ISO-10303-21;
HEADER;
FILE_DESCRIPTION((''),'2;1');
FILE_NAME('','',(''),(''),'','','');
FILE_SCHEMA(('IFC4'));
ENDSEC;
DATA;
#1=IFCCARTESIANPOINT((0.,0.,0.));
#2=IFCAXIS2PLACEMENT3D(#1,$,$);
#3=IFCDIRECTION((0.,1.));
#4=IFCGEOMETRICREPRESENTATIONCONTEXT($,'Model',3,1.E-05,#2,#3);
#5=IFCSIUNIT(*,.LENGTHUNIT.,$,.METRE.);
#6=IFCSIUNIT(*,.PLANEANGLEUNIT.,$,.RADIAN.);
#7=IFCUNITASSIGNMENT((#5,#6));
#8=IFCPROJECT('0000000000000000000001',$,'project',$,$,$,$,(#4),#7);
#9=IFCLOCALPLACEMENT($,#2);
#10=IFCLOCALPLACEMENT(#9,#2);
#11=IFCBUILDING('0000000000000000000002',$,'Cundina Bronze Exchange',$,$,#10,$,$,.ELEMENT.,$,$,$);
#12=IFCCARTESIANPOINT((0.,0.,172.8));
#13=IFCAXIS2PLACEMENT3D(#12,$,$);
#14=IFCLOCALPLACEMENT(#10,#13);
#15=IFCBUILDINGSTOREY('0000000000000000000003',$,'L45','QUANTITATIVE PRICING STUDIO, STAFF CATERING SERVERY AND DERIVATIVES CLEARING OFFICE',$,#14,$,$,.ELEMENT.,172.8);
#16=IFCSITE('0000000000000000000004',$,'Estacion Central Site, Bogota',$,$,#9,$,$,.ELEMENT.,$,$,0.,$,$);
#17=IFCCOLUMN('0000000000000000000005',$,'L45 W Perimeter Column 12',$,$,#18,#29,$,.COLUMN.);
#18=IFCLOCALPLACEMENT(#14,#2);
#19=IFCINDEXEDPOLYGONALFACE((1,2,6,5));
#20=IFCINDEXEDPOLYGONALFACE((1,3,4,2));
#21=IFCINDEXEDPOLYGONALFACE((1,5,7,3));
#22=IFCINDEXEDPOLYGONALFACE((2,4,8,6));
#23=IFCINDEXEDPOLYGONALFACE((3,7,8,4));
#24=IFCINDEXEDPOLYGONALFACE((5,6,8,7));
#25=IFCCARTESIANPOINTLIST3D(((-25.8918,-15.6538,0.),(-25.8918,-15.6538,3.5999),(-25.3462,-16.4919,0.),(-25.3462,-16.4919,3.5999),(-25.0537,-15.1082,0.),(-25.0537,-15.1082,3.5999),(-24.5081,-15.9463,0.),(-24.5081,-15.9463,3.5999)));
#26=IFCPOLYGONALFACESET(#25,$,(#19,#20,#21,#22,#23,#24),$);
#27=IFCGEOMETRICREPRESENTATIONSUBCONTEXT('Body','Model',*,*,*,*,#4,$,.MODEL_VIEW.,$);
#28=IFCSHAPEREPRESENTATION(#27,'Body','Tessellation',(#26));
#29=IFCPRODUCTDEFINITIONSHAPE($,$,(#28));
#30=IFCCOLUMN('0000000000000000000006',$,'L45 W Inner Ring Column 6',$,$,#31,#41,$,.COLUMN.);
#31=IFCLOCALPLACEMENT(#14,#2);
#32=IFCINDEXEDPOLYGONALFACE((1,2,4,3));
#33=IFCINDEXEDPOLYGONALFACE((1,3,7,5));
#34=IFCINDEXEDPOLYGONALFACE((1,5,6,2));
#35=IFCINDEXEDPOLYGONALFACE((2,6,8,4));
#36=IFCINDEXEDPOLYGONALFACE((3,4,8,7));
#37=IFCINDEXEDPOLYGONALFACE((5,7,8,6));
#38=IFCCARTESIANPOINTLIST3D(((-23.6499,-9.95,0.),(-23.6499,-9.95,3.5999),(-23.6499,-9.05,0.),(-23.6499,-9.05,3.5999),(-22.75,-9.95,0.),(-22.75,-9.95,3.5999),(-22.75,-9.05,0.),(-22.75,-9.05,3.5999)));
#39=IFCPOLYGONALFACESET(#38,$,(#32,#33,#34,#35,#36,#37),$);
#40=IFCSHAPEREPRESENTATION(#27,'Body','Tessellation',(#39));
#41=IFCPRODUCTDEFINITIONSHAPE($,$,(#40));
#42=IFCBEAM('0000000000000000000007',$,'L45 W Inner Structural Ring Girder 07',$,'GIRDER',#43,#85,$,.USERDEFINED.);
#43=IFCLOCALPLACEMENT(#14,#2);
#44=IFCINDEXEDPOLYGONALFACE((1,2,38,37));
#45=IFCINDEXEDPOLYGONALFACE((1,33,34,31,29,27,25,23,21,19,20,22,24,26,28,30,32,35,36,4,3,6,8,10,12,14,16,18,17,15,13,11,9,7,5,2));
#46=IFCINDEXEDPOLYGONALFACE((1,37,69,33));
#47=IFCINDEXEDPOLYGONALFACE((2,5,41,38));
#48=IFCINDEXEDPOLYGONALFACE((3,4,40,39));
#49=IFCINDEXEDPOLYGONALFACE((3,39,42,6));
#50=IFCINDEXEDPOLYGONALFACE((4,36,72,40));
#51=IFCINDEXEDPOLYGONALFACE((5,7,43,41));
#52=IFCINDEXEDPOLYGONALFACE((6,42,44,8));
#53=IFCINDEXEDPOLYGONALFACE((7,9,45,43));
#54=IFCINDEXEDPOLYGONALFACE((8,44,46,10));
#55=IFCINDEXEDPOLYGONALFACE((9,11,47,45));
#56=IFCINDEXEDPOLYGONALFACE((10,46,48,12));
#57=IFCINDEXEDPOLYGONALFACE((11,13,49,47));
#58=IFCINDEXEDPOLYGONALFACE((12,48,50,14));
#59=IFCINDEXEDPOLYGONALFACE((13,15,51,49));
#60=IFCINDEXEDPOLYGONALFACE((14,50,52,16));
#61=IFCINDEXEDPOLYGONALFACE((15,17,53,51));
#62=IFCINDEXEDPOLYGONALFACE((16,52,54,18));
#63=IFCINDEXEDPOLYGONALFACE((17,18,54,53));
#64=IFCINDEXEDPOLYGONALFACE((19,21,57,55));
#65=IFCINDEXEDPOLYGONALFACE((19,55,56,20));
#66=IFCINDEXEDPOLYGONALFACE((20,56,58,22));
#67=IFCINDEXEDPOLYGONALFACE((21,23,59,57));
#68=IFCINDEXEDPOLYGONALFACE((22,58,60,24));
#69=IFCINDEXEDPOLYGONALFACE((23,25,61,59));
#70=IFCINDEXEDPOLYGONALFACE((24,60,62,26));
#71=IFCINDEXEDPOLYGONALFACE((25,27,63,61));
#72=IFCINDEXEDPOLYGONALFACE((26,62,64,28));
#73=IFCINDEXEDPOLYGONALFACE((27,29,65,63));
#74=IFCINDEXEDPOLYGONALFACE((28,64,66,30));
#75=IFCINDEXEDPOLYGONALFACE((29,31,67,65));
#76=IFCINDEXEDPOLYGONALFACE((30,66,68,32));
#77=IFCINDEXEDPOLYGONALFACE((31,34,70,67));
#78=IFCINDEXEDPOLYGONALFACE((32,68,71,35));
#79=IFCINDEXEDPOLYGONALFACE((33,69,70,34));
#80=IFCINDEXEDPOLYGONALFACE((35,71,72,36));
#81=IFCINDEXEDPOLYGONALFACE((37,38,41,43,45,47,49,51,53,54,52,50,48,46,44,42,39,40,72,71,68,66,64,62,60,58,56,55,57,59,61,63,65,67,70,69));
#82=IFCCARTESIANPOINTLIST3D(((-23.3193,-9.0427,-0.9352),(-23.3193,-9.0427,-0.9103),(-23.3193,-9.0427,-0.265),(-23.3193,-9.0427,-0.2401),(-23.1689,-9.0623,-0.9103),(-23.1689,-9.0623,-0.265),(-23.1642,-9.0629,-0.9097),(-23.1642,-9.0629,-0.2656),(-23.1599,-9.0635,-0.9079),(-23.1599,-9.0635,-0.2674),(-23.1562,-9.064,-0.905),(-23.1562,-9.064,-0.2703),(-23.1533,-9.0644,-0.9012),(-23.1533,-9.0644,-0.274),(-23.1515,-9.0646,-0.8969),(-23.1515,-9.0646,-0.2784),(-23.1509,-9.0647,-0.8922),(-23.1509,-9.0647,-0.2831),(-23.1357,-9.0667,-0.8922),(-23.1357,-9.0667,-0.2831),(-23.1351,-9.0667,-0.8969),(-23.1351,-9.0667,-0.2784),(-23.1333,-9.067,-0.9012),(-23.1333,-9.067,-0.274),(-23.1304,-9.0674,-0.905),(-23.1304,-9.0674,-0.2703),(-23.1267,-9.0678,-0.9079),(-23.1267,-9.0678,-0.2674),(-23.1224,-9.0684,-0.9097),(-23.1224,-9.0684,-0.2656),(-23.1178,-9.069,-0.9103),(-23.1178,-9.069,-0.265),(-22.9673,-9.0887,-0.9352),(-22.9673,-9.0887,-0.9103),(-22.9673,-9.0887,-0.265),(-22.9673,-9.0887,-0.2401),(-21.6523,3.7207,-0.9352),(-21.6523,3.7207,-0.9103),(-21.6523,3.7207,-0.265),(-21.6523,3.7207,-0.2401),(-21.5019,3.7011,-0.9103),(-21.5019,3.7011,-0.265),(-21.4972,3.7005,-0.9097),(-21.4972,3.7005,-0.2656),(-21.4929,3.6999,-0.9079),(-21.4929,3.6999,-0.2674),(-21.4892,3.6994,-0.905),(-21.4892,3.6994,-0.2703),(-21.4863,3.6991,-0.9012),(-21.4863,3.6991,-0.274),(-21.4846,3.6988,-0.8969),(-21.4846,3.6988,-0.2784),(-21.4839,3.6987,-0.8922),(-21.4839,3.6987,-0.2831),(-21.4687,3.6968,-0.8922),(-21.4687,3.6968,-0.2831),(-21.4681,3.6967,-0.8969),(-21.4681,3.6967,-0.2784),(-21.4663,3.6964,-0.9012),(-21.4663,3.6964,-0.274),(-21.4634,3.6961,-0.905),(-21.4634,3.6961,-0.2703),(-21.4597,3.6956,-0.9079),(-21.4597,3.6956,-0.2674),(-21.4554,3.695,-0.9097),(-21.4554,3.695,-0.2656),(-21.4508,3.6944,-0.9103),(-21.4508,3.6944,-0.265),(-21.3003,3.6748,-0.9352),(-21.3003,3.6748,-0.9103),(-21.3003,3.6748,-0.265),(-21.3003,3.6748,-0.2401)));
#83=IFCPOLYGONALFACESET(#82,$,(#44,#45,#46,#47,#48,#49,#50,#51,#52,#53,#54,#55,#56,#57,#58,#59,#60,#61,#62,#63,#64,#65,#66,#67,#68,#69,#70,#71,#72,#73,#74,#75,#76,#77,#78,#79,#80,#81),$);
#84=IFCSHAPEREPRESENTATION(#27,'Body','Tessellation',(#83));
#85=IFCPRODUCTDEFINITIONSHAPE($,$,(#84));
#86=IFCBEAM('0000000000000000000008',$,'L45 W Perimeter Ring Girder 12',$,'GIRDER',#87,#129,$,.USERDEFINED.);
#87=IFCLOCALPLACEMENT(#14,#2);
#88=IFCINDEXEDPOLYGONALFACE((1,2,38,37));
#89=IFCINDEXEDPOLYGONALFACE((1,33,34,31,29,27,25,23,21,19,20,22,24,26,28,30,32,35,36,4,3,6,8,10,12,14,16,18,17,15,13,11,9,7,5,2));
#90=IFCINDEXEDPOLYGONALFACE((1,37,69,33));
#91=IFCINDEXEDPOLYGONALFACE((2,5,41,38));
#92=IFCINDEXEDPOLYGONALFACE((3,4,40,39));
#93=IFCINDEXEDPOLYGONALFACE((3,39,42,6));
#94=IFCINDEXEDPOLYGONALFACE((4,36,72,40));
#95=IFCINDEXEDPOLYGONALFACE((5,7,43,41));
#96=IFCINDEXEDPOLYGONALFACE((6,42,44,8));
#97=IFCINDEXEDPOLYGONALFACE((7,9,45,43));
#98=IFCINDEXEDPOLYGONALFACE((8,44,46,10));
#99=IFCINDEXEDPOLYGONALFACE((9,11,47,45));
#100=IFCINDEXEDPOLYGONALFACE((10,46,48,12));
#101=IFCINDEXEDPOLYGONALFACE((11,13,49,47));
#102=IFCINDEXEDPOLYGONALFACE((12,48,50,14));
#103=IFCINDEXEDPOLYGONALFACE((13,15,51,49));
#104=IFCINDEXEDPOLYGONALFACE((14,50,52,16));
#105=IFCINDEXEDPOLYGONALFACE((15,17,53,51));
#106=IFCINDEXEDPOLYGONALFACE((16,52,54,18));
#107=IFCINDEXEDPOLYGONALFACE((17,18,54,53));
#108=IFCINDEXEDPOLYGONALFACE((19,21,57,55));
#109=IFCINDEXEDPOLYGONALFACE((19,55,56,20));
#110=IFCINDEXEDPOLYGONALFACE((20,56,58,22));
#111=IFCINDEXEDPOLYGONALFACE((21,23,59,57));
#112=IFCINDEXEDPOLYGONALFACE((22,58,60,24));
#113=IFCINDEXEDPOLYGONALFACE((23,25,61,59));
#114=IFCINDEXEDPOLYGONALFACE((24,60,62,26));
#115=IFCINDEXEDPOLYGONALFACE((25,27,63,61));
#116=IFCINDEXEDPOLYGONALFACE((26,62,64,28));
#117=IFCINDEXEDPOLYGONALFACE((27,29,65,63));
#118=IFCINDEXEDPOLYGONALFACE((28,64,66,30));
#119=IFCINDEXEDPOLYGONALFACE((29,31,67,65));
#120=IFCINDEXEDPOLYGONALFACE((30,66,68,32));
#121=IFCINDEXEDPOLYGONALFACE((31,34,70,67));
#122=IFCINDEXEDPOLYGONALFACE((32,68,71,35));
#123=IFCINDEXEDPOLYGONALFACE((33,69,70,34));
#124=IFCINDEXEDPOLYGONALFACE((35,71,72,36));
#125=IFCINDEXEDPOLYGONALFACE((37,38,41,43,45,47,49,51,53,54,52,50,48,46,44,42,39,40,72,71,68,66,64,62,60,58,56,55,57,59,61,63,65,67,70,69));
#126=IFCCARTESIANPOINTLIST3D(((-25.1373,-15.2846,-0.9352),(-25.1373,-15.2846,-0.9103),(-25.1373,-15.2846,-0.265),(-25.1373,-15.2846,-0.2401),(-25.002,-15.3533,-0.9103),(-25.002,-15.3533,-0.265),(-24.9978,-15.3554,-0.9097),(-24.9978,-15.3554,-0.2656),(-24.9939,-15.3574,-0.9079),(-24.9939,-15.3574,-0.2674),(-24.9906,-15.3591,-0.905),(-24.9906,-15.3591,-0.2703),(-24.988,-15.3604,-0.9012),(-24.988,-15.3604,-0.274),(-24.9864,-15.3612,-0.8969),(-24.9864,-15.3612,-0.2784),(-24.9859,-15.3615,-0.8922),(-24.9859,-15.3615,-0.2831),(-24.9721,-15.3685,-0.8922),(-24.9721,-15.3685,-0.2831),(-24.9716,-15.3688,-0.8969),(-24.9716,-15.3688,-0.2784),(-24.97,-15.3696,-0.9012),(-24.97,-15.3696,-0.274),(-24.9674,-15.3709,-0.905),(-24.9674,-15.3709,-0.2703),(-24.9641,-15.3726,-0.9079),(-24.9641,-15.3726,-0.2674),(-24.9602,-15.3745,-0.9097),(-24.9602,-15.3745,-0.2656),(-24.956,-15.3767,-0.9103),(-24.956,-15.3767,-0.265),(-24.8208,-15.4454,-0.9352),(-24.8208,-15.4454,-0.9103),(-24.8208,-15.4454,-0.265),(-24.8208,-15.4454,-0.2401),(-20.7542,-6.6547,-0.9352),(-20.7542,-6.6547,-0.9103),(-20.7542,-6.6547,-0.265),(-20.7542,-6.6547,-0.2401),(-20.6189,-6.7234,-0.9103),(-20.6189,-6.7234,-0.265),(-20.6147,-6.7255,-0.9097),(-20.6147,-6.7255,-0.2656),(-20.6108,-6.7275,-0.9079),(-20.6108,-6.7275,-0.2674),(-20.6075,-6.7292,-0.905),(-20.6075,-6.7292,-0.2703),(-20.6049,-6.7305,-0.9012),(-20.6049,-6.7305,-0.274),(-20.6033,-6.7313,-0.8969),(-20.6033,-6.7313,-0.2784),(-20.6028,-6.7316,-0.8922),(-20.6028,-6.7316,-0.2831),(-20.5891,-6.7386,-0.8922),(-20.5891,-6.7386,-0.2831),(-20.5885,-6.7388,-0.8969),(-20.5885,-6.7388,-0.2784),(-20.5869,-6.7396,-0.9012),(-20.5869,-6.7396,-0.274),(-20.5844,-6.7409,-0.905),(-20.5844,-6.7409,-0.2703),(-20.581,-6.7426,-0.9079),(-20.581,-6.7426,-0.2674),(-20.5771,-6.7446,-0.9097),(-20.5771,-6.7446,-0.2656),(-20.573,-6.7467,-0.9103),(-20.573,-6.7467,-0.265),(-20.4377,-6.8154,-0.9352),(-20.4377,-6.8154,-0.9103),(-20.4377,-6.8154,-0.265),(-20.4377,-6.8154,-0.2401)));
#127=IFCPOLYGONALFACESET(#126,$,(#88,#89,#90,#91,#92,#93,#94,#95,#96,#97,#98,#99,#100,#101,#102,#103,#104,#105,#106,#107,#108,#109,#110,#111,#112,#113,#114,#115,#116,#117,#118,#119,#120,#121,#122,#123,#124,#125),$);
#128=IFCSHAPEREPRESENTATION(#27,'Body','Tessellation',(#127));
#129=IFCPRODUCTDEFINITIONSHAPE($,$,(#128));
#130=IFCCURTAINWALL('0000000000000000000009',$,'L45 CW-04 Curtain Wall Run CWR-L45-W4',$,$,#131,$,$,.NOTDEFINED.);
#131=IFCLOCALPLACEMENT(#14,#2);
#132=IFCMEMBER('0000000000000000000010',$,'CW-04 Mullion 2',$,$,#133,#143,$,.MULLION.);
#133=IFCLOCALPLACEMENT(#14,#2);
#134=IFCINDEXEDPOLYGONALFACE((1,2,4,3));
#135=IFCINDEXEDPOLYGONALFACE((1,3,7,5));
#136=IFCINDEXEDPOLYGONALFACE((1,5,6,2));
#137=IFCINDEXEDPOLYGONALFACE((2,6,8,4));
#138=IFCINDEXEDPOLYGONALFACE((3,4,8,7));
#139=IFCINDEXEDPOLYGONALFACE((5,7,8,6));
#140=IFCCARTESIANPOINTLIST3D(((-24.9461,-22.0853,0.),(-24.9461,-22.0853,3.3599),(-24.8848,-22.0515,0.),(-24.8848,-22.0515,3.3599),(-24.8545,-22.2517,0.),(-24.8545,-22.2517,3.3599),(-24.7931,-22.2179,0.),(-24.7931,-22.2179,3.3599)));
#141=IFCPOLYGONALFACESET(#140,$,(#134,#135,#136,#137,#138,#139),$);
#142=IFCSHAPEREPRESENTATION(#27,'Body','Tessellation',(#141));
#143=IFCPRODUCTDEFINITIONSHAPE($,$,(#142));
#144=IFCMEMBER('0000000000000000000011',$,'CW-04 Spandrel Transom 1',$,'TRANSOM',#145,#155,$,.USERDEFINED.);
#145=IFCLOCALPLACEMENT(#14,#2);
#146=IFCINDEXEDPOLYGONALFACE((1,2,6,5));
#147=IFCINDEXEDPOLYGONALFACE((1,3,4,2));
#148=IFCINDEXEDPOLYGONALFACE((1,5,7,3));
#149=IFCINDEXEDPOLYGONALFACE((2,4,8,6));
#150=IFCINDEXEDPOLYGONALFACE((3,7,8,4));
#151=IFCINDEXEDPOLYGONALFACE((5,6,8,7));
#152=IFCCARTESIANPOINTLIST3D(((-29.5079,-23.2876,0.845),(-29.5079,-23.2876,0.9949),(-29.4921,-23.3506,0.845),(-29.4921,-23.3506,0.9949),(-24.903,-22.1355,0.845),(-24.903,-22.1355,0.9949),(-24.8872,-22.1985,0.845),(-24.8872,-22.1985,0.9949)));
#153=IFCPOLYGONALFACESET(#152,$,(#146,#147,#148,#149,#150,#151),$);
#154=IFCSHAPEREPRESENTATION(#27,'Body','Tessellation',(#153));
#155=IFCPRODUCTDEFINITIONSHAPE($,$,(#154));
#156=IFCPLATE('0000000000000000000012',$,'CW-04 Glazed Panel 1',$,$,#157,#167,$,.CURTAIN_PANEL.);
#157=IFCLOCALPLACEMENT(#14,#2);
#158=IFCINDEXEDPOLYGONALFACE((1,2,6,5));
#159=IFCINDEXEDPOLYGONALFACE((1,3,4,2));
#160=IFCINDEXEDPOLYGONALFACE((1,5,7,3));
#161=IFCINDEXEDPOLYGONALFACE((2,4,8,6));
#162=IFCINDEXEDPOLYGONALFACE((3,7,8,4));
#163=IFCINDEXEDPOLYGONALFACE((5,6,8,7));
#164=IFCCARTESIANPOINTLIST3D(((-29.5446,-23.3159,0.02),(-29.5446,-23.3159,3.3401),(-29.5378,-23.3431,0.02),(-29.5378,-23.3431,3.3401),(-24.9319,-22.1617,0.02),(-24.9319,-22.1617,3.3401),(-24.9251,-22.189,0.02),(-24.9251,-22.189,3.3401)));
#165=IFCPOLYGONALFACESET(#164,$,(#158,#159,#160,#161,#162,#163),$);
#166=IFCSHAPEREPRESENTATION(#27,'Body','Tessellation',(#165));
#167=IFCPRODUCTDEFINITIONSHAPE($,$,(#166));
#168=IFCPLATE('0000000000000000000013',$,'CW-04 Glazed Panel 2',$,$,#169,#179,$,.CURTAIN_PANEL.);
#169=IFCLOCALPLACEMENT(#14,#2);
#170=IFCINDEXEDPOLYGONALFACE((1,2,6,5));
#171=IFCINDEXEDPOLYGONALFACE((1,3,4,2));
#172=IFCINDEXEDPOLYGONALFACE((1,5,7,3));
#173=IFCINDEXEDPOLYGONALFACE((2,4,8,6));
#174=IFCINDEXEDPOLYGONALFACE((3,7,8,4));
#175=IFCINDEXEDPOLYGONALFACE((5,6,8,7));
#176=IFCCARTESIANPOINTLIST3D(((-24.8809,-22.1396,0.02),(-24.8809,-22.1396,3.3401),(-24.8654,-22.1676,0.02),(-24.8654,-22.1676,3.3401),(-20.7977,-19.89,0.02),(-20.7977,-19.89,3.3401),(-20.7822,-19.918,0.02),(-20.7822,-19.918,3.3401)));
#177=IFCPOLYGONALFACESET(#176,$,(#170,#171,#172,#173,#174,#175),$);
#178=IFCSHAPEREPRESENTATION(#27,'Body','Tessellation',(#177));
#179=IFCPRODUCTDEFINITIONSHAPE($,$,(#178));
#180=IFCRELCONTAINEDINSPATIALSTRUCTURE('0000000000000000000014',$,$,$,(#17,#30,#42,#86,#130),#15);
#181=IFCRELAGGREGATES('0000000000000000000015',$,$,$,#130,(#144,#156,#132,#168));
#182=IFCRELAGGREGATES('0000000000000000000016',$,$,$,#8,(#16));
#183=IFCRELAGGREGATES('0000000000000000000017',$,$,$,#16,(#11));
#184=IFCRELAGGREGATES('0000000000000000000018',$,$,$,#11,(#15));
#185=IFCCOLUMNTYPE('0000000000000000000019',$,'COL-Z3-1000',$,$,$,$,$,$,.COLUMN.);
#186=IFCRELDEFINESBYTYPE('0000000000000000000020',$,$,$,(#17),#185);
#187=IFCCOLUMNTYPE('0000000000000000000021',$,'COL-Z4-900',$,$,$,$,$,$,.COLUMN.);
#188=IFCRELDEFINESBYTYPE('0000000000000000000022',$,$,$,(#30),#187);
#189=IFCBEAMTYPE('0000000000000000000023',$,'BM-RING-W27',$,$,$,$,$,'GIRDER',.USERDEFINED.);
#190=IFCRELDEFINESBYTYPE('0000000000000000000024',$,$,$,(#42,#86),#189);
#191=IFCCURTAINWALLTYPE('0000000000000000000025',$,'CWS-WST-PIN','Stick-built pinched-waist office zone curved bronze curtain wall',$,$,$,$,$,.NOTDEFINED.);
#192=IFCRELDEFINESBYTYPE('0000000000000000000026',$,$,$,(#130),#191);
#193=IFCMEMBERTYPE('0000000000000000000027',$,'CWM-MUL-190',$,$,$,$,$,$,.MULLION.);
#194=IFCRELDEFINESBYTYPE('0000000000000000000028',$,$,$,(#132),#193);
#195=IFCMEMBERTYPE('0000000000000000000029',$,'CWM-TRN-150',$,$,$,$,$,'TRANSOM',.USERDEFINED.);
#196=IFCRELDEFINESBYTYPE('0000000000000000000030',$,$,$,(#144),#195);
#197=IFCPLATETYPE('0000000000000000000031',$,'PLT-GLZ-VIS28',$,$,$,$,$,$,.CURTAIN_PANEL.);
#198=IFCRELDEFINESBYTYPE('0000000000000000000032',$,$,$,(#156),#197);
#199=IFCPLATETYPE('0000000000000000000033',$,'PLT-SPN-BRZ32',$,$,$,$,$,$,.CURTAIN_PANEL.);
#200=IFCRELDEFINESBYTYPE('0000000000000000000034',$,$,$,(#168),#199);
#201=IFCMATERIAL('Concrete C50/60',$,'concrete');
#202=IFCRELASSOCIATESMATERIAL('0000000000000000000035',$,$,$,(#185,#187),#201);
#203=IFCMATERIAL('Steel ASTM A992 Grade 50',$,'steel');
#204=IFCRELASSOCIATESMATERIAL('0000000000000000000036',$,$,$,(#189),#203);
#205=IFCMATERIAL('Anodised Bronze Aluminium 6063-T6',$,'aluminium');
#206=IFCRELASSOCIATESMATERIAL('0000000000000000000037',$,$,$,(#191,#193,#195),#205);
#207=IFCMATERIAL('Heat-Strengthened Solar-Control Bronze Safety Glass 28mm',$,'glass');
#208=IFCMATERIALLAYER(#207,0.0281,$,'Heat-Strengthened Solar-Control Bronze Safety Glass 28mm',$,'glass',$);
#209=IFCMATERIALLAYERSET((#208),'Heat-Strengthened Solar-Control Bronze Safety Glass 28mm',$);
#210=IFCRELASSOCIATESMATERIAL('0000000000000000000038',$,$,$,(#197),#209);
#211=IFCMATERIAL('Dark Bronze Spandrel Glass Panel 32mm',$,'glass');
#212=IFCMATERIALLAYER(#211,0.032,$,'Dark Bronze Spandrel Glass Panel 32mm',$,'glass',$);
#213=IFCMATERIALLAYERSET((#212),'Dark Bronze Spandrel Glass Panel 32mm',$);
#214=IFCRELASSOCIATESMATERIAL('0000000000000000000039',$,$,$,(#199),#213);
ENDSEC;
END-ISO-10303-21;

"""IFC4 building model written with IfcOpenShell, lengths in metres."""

from ifc_helpers import new_model, si_unit, direction, frame, origin, origin_2d, place, context, subcontext, project, spatial, rectangle, i_section, extrude, material, layer, layer_set, material_profile, profile_set, type_object, element, aggregate, save


model = new_model("IFC4")

# Units and contexts
model_context = context("Model", 3, precision=1e-05, world=origin(), true_north=direction((0.0, 1.0)))
body_context = subcontext(model_context, "Body", "Model", "MODEL_VIEW")
ifc_project = project(units=[si_unit("LENGTHUNIT", "METRE"), si_unit("PLANEANGLEUNIT", "RADIAN")], contexts=[model_context])

# Site, building, storey
site_placement = place(None, origin())
site = spatial("IfcSite", under=ifc_project, at=site_placement, Name="Estacion Central Site, Bogota", CompositionType="ELEMENT", RefElevation=0.0)
building_placement = place(site_placement, origin())
building = spatial("IfcBuilding", under=site, at=building_placement, Name="Cundina Bronze Exchange", CompositionType="ELEMENT")
storey_placement = place(building_placement, frame((0.0, 0.0, 172.8)))
storey = spatial("IfcBuildingStorey", under=building, at=storey_placement, Name="L45", Description="QUANTITATIVE PRICING STUDIO, STAFF CATERING SERVERY AND DERIVATIVES CLEARING OFFICE", CompositionType="ELEMENT", Elevation=172.8)

# Columns
ifc_material_1 = material(Name="Concrete C50/60", Category="concrete")
ifc_material_profile_1 = material_profile(ifc_material_1, rectangle(XDim=1.0, YDim=1.0, at=origin_2d()), Name="RC1000X1000", Category="concrete")
ifc_profile_set_1 = profile_set([ifc_material_profile_1], Name="Concrete C50/60")
column_type_1 = type_object("IfcColumnType", Name="COL-Z3-1000", PredefinedType="COLUMN", material=ifc_profile_set_1)
column_1_placement = place(storey_placement, frame((-25.2, -15.8, 0.0), z_axis=(0.0, 0.0, 1.0), x_axis=(0.8381, 0.545517, 0.0)))
element("IfcColumn", 1, at=column_1_placement, inside=storey, type_object=column_type_1, Name="L45 W Perimeter Column 12", PredefinedType="COLUMN", context=body_context, shape_type="SweptSolid", body=[
    extrude(rectangle(XDim=1.0, YDim=1.0, at=origin_2d()), origin(), (0.0, 0.0, 1.0), 3.5999),
])
ifc_material_profile_2 = material_profile(ifc_material_1, rectangle(XDim=0.8999, YDim=0.8999, at=origin_2d()), Name="RC900X900", Category="concrete")
ifc_profile_set_2 = profile_set([ifc_material_profile_2], Name="Concrete C50/60")
column_type_2 = type_object("IfcColumnType", Name="COL-Z4-900", PredefinedType="COLUMN", material=ifc_profile_set_2)
column_2_placement = place(storey_placement, frame((-23.2, -9.5, 0.0), z_axis=(0.0, 0.0, 1.0), x_axis=(1.0, 0.0, 0.0)))
element("IfcColumn", 2, at=column_2_placement, inside=storey, type_object=column_type_2, Name="L45 W Inner Ring Column 6", PredefinedType="COLUMN", context=body_context, shape_type="SweptSolid", body=[
    extrude(rectangle(XDim=0.8999, YDim=0.8999, at=origin_2d()), origin(), (0.0, 0.0, 1.0), 3.5999),
])

# Beams
ifc_material_2 = material(Name="Steel ASTM A992 Grade 50", Category="steel")
ifc_material_profile_3 = material_profile(ifc_material_2, i_section(OverallWidth=0.355, OverallDepth=0.6951, WebThickness=0.0154, FlangeThickness=0.0249, FilletRadius=0.0181, at=origin_2d()), Name="W27X146", Category="steel")
ifc_profile_set_3 = profile_set([ifc_material_profile_3], Name="Steel ASTM A992 Grade 50")
beam_type = type_object("IfcBeamType", Name="BM-RING-W27", ElementType="GIRDER", PredefinedType="USERDEFINED", material=ifc_profile_set_3)
beam_1_placement = place(storey_placement, frame((-23.1433, -9.0657, -0.5876), z_axis=(0.129507, 0.991579, 0.0), x_axis=(-0.991579, 0.129507, 0.0)))
element("IfcBeam", 3, at=beam_1_placement, inside=storey, type_object=beam_type, Name="L45 W Inner Structural Ring Girder 07", ObjectType="GIRDER", PredefinedType="USERDEFINED", context=body_context, shape_type="SweptSolid", body=[
    extrude(i_section(OverallWidth=0.355, OverallDepth=0.6951, WebThickness=0.0154, FlangeThickness=0.0249, FilletRadius=0.0181, at=origin_2d()), origin(), (0.0, 0.0, 1.0), 12.8718),
])
beam_2_placement = place(storey_placement, frame((-24.979, -15.365, -0.5876), z_axis=(0.452835, 0.891595, 0.0), x_axis=(-0.891595, 0.452835, 0.0)))
element("IfcBeam", 4, at=beam_2_placement, inside=storey, type_object=beam_type, Name="L45 W Perimeter Ring Girder 12", ObjectType="GIRDER", PredefinedType="USERDEFINED", context=body_context, shape_type="SweptSolid", body=[
    extrude(i_section(OverallWidth=0.355, OverallDepth=0.6951, WebThickness=0.0154, FlangeThickness=0.0249, FilletRadius=0.0181, at=origin_2d()), origin(), (0.0, 0.0, 1.0), 9.6792),
])

# Curtain wall, members, plates
ifc_material_3 = material(Name="Anodised Bronze Aluminium 6063-T6", Category="aluminium")
curtain_wall_type = type_object("IfcCurtainWallType", Name="CWS-WST-PIN", Description="Stick-built pinched-waist office zone curved bronze curtain wall", PredefinedType="NOTDEFINED", material=ifc_material_3)
curtain_wall_placement = place(storey_placement, origin())
curtain_wall = element("IfcCurtainWall", 5, at=curtain_wall_placement, inside=storey, type_object=curtain_wall_type, Name="L45 CW-04 Curtain Wall Run CWR-L45-W4", PredefinedType="NOTDEFINED")
ifc_material_profile_4 = material_profile(ifc_material_3, rectangle(XDim=0.0701, YDim=0.1899, at=origin_2d()), Name="AL70X190", Category="aluminium")
ifc_profile_set_4 = profile_set([ifc_material_profile_4], Name="Anodised Bronze Aluminium 6063-T6")
member_type_1 = type_object("IfcMemberType", Name="CWM-MUL-190", PredefinedType="MULLION", material=ifc_profile_set_4)
member_1_placement = place(storey_placement, frame((-24.8696, -22.1516, 0.0), z_axis=(0.0, 0.0, 1.0), x_axis=(0.875886, 0.482518, 0.0)))
member_1 = element("IfcMember", 6, at=member_1_placement, type_object=member_type_1, Name="CW-04 Mullion 2", PredefinedType="MULLION", context=body_context, shape_type="SweptSolid", body=[
    extrude(rectangle(XDim=0.0701, YDim=0.1899, at=origin_2d()), origin(), (0.0, 0.0, 1.0), 3.3599),
])
ifc_material_profile_5 = material_profile(ifc_material_3, rectangle(XDim=0.0649, YDim=0.1499, at=origin_2d()), Name="AL65X150", Category="aluminium")
ifc_profile_set_5 = profile_set([ifc_material_profile_5], Name="Anodised Bronze Aluminium 6063-T6")
member_type_2 = type_object("IfcMemberType", Name="CWM-TRN-150", ElementType="TRANSOM", PredefinedType="USERDEFINED", material=ifc_profile_set_5)
member_2_placement = place(storey_placement, frame((-29.5, -23.3191, 0.9199), z_axis=(0.9701, 0.242705, 0.0), x_axis=(-0.242705, 0.9701, 0.0)))
member_2 = element("IfcMember", 7, at=member_2_placement, type_object=member_type_2, Name="CW-04 Spandrel Transom 1", ObjectType="TRANSOM", PredefinedType="USERDEFINED", context=body_context, shape_type="SweptSolid", body=[
    extrude(rectangle(XDim=0.0649, YDim=0.1499, at=origin_2d()), origin(), (0.0, 0.0, 1.0), 4.7468),
])
ifc_material_4 = material(Name="Heat-Strengthened Solar-Control Bronze Safety Glass 28mm", Category="glass")
ifc_layer_1 = layer(ifc_material_4, 0.0281, Name="Heat-Strengthened Solar-Control Bronze Safety Glass 28mm", Category="glass")
ifc_layer_set_1 = layer_set([ifc_layer_1], Name="Heat-Strengthened Solar-Control Bronze Safety Glass 28mm")
plate_type_1 = type_object("IfcPlateType", Name="PLT-GLZ-VIS28", PredefinedType="CURTAIN_PANEL", material=ifc_layer_set_1)
plate_1_placement = place(storey_placement, frame((-27.2349, -22.7524, 0.02), z_axis=(0.0, 0.0, 1.0), x_axis=(0.970093, 0.242735, 0.0)))
plate_1 = element("IfcPlate", 8, at=plate_1_placement, type_object=plate_type_1, Name="CW-04 Glazed Panel 1", PredefinedType="CURTAIN_PANEL", context=body_context, shape_type="SweptSolid", body=[
    extrude(rectangle(XDim=4.7549, YDim=0.0281, at=origin_2d()), origin(), (0.0, 0.0, 1.0), 3.3201),
])
ifc_material_5 = material(Name="Dark Bronze Spandrel Glass Panel 32mm", Category="glass")
ifc_layer_2 = layer(ifc_material_5, 0.032, Name="Dark Bronze Spandrel Glass Panel 32mm", Category="glass")
ifc_layer_set_2 = layer_set([ifc_layer_2], Name="Dark Bronze Spandrel Glass Panel 32mm")
plate_type_2 = type_object("IfcPlateType", Name="PLT-SPN-BRZ32", PredefinedType="CURTAIN_PANEL", material=ifc_layer_set_2)
plate_2_placement = place(storey_placement, frame((-22.8315, -21.0288, 0.02), z_axis=(0.0, 0.0, 1.0), x_axis=(0.875869, 0.482549, 0.0)))
plate_2 = element("IfcPlate", 9, at=plate_2_placement, type_object=plate_type_2, Name="CW-04 Glazed Panel 2", PredefinedType="CURTAIN_PANEL", context=body_context, shape_type="SweptSolid", body=[
    extrude(rectangle(XDim=4.6619, YDim=0.032, at=origin_2d()), origin(), (0.0, 0.0, 1.0), 3.3201),
])
aggregate(curtain_wall, [member_2, plate_1, member_1, plate_2])

save(model, "model.ifc")
